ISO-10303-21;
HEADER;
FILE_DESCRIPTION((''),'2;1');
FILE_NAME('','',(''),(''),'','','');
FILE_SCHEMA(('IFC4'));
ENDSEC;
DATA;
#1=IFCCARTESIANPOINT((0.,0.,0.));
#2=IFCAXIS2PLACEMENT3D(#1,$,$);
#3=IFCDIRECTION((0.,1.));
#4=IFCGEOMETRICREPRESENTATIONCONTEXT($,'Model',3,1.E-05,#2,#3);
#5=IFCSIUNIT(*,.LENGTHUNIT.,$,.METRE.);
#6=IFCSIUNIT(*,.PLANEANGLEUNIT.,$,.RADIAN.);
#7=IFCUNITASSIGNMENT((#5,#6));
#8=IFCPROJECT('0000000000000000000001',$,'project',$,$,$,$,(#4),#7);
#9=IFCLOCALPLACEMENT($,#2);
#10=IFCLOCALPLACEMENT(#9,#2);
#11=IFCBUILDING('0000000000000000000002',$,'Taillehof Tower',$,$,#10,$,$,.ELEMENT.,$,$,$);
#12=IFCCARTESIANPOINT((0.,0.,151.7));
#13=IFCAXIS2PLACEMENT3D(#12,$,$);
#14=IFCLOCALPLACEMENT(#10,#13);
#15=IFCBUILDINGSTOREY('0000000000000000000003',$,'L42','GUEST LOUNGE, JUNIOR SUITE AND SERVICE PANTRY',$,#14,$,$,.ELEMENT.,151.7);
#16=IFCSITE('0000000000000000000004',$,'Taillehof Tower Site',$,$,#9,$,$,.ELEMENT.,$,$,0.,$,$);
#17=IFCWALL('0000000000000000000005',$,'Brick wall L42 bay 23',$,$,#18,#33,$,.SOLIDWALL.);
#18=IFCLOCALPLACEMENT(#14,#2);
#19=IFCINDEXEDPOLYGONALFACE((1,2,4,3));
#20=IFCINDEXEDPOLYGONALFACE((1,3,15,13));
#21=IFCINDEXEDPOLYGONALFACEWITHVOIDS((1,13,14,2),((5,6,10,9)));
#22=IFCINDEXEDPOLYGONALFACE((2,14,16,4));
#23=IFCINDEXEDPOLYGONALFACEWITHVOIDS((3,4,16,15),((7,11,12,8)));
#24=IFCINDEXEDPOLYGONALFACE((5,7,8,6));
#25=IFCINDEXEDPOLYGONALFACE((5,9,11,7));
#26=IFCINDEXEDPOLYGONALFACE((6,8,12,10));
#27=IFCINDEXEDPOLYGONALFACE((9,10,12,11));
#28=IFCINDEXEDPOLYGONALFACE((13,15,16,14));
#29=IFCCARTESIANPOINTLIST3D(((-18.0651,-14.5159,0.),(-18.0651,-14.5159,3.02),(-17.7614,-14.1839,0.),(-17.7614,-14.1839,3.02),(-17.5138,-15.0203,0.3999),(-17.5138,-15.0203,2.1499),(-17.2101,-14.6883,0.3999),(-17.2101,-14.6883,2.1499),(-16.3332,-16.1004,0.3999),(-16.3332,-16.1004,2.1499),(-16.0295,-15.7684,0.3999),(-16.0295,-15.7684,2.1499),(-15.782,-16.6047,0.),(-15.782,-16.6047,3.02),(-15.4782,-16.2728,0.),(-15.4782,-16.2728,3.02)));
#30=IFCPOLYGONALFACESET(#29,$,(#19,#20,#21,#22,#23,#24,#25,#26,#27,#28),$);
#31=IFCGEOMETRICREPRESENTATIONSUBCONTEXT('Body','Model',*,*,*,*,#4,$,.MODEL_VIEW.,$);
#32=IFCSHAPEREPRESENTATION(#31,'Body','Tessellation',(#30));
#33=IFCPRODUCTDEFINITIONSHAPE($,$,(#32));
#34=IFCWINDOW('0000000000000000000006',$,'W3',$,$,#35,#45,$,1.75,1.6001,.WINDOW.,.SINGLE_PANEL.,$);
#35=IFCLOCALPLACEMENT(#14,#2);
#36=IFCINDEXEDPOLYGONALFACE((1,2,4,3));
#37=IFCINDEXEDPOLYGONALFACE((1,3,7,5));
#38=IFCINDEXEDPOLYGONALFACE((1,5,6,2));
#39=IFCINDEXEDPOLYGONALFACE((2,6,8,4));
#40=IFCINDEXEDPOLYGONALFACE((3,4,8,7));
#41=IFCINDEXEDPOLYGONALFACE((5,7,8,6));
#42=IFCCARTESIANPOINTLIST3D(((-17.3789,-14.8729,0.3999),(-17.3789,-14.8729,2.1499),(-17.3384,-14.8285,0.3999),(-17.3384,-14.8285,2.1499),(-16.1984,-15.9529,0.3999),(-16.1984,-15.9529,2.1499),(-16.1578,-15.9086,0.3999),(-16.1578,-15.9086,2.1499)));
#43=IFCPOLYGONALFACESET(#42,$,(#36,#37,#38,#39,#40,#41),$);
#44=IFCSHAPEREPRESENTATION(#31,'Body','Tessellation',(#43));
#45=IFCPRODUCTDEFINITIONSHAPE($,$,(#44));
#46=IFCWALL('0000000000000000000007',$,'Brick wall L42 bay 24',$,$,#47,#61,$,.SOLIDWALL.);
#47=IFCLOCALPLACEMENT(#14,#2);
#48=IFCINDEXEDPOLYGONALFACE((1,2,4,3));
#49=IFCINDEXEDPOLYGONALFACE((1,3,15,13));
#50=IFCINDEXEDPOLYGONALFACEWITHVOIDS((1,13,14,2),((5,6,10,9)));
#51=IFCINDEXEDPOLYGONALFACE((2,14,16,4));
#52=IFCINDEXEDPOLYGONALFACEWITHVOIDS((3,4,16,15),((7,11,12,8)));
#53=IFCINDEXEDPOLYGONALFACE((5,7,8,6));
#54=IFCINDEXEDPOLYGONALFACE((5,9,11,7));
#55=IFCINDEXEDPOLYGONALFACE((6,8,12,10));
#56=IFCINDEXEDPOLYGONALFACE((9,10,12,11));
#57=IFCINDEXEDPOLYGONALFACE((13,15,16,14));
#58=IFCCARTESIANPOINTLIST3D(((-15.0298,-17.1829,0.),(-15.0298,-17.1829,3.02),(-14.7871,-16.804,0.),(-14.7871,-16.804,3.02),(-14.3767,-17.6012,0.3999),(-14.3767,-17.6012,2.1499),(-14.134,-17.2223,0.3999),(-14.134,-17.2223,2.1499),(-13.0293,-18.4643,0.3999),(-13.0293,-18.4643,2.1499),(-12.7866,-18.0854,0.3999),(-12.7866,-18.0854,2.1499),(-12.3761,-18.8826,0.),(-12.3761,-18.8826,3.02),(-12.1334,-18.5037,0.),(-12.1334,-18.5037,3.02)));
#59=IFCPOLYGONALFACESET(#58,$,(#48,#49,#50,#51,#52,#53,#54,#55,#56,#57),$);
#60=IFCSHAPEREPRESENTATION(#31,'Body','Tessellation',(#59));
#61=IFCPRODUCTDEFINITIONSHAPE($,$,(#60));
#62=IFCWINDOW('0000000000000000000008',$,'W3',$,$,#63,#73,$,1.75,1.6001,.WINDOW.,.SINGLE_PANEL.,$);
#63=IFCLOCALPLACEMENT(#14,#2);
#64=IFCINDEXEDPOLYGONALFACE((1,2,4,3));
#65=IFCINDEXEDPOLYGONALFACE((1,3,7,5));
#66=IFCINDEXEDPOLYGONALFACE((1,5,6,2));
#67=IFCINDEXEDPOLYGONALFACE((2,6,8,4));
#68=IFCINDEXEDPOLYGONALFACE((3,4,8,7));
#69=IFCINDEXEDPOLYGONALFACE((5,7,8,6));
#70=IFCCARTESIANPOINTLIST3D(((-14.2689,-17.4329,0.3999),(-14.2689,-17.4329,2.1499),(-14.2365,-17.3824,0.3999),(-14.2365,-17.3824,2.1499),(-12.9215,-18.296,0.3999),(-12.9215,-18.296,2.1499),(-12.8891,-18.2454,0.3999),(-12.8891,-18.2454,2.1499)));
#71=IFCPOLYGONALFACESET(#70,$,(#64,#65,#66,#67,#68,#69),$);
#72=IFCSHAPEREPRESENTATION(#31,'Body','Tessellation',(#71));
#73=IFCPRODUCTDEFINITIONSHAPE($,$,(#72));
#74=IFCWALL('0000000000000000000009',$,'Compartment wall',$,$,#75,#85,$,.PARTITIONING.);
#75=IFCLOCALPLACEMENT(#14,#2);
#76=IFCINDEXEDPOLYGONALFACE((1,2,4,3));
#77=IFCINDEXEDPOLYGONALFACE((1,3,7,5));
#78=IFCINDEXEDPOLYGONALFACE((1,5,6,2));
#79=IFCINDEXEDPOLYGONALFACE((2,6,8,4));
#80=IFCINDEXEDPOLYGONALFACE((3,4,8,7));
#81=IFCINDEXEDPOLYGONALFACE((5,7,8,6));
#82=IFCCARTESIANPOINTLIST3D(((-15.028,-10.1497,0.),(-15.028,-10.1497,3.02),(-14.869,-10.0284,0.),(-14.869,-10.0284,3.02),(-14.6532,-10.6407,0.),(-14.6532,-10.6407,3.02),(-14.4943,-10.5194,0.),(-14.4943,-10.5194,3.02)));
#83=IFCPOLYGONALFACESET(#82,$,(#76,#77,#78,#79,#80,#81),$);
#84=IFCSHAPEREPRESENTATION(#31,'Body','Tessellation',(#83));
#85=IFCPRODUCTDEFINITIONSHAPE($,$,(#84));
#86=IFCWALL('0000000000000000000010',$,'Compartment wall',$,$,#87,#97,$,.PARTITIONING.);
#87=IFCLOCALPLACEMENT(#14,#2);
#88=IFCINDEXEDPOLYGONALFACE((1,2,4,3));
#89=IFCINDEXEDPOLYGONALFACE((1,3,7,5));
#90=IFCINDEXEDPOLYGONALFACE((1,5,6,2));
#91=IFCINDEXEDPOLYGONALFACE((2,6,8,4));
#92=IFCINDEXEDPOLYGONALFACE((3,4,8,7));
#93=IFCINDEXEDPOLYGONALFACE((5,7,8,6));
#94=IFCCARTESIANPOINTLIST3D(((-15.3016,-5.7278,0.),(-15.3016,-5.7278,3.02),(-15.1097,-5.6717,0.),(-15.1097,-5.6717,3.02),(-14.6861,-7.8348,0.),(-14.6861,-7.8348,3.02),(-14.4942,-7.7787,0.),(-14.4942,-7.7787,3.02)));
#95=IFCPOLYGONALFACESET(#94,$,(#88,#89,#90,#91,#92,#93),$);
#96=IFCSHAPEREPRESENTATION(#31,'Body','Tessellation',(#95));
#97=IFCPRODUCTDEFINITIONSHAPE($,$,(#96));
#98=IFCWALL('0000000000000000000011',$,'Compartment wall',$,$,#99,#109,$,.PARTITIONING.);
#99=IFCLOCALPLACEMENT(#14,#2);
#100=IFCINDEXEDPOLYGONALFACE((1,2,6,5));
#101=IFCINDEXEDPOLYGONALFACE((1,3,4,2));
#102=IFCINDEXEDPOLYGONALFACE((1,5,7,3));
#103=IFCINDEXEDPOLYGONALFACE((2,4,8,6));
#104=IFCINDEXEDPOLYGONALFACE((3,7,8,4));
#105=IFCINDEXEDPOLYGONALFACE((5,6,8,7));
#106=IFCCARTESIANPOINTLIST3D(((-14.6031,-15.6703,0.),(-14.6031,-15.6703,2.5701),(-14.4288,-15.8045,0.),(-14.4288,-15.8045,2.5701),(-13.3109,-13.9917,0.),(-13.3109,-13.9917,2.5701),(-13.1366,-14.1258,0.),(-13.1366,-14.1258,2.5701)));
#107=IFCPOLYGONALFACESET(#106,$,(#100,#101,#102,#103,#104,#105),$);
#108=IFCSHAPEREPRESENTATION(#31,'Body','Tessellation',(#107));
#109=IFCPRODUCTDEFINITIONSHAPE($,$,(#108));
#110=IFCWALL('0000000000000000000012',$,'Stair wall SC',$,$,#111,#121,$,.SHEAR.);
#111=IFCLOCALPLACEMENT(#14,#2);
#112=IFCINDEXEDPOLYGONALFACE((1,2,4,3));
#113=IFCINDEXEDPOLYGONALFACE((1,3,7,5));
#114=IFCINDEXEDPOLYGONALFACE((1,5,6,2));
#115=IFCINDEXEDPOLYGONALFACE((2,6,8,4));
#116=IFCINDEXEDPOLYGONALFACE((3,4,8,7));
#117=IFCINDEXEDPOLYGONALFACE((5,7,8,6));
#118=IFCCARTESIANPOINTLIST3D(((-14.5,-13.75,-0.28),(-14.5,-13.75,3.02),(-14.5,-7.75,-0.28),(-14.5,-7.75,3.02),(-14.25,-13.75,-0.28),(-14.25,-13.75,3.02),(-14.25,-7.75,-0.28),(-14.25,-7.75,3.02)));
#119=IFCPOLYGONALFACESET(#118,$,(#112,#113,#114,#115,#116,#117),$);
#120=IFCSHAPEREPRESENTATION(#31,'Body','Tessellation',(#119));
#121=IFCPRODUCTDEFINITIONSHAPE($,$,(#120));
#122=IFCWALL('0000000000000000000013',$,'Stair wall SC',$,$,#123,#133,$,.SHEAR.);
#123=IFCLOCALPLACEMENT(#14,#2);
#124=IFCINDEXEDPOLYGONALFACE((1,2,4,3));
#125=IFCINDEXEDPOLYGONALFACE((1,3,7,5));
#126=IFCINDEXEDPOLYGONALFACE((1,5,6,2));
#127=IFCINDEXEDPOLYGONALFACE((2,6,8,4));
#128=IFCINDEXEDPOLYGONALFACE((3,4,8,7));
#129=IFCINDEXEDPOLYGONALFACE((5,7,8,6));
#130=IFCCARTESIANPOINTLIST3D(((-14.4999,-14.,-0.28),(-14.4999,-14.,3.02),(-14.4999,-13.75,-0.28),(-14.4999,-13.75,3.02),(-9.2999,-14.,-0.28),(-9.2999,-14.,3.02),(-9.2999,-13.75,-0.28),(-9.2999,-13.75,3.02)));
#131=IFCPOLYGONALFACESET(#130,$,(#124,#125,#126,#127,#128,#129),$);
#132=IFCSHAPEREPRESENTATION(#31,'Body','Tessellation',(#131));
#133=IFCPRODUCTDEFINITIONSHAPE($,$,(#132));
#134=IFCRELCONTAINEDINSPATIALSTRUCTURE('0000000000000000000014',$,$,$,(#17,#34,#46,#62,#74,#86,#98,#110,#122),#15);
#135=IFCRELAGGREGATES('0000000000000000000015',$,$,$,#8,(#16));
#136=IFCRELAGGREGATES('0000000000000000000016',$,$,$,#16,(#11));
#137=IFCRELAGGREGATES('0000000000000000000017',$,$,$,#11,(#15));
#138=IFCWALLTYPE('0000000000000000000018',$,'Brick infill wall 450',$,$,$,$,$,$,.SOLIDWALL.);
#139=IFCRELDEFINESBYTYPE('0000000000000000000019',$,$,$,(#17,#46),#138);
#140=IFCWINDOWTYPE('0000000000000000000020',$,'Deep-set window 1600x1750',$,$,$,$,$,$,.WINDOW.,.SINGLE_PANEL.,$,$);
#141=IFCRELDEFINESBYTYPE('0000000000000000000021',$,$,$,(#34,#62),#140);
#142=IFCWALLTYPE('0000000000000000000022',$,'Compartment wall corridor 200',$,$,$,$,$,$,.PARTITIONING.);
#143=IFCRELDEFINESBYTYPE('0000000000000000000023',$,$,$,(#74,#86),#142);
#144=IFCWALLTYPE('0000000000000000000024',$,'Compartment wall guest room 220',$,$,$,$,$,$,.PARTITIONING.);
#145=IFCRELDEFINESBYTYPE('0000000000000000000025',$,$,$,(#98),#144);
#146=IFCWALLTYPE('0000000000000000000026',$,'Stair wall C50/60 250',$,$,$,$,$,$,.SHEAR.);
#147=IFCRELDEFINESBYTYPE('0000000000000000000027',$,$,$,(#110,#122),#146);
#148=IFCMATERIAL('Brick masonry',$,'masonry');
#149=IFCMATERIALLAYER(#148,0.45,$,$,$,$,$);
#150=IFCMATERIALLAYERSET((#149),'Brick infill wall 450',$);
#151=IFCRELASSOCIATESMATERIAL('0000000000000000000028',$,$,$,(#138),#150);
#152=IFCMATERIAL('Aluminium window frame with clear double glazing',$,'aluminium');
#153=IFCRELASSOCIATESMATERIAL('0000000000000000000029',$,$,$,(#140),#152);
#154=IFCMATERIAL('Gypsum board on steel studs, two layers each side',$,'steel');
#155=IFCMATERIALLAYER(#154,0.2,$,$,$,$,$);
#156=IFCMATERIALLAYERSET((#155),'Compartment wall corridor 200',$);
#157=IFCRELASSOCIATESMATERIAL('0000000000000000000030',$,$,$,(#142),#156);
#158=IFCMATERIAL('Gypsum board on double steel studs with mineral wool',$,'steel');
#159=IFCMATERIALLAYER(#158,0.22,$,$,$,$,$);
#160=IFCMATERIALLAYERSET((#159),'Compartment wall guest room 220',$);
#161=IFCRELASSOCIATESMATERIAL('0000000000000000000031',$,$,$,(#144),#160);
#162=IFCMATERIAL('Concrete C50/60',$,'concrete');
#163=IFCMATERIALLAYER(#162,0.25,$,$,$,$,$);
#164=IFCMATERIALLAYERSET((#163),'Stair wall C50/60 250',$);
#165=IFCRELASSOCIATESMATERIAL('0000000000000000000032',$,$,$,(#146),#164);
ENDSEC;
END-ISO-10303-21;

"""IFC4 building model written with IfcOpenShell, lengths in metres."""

from ifc_helpers import new_model, si_unit, direction, frame, frame_2d, origin, place, context, subcontext, project, spatial, rectangle, extrude, material, layer, layer_set, type_object, element, fill, save


model = new_model("IFC4")

# Units and contexts
model_context = context("Model", 3, precision=1e-05, world=origin(), true_north=direction((0.0, 1.0)))
body_context = subcontext(model_context, "Body", "Model", "MODEL_VIEW")
ifc_project = project(units=[si_unit("LENGTHUNIT", "METRE"), si_unit("PLANEANGLEUNIT", "RADIAN")], contexts=[model_context])

# Site, building, storey
site_placement = place(None, origin())
site = spatial("IfcSite", under=ifc_project, at=site_placement, Name="Taillehof Tower Site", CompositionType="ELEMENT", RefElevation=0.0)
building_placement = place(site_placement, origin())
building = spatial("IfcBuilding", under=site, at=building_placement, Name="Taillehof Tower", CompositionType="ELEMENT")
storey_placement = place(building_placement, frame((0.0, 0.0, 151.7)))
storey = spatial("IfcBuildingStorey", under=building, at=storey_placement, Name="L42", Description="GUEST LOUNGE, JUNIOR SUITE AND SERVICE PANTRY", CompositionType="ELEMENT", Elevation=151.7)

# Walls, openings, windows
ifc_material_1 = material(Name="Brick masonry", Category="masonry")
ifc_layer_1 = layer(ifc_material_1, 0.45)
ifc_layer_set_1 = layer_set([ifc_layer_1], Name="Brick infill wall 450")
wall_type_1 = type_object("IfcWallType", Name="Brick infill wall 450", PredefinedType="SOLIDWALL", material=ifc_layer_set_1)
ifc_material_2 = material(Name="Aluminium window frame with clear double glazing", Category="aluminium")
window_type = type_object("IfcWindowType", Name="Deep-set window 1600x1750", PartitioningType="SINGLE_PANEL", PredefinedType="WINDOW", material=ifc_material_2)
wall_1_placement = place(storey_placement, frame((-17.9133, -14.3499, 0.0), z_axis=(0.0, 0.0, 1.0), x_axis=(0.737809, -0.67501, 0.0)))
wall_1 = element("IfcWall", 1, at=wall_1_placement, inside=storey, type_object=wall_type_1, Name="Brick wall L42 bay 23", PredefinedType="SOLIDWALL", context=body_context, shape_type="SweptSolid", body=[
    extrude(rectangle(XDim=3.0945, YDim=0.45, at=frame_2d((1.5474, 0.0))), origin(), (0.0, 0.0, 1.0), 3.02),
])
opening_1_placement = place(wall_1_placement, frame((0.7473, 0.0, 0.3999)))
opening_1 = element("IfcOpeningElement", 2, at=opening_1_placement, cuts=wall_1, PredefinedType="OPENING", context=body_context, shape_type="SweptSolid", body=[
    extrude(rectangle(XDim=1.6001, YDim=1.75, at=frame_2d((0.8, 0.875))), frame((0.0, 0.2349, 0.0), z_axis=(0.0, -1.0, 0.0), x_axis=(1.0, 0.0, 0.0)), (0.0, 0.0, 1.0), 0.47),
])
window_1_placement = place(opening_1_placement, origin())
window_1 = element("IfcWindow", 3, at=window_1_placement, inside=storey, type_object=window_type, Name="W3", OverallHeight=1.75, OverallWidth=1.6001, PartitioningType="SINGLE_PANEL", PredefinedType="WINDOW", context=body_context, shape_type="SweptSolid", body=[
    extrude(rectangle(XDim=1.6001, YDim=1.75, at=frame_2d((0.8, 0.875))), frame((0.0, 0.0349, 0.0), z_axis=(0.0, -1.0, 0.0), x_axis=(1.0, 0.0, 0.0)), (0.0, 0.0, 1.0), 0.0601),
])
fill(opening_1, window_1)
wall_2_placement = place(storey_placement, frame((-14.9084, -16.9934, 0.0), z_axis=(0.0, 0.0, 1.0), x_axis=(0.842066, -0.539375, 0.0)))
wall_2 = element("IfcWall", 4, at=wall_2_placement, inside=storey, type_object=wall_type_1, Name="Brick wall L42 bay 24", PredefinedType="SOLIDWALL", context=body_context, shape_type="SweptSolid", body=[
    extrude(rectangle(XDim=3.1514, YDim=0.45, at=frame_2d((1.5757, 0.0))), origin(), (0.0, 0.0, 1.0), 3.02),
])
opening_2_placement = place(wall_2_placement, frame((0.7756, 0.0, 0.3999)))
opening_2 = element("IfcOpeningElement", 5, at=opening_2_placement, cuts=wall_2, PredefinedType="OPENING", context=body_context, shape_type="SweptSolid", body=[
    extrude(rectangle(XDim=1.6001, YDim=1.75, at=frame_2d((0.8, 0.875))), frame((0.0, 0.2349, 0.0), z_axis=(0.0, -1.0, 0.0), x_axis=(1.0, 0.0, 0.0)), (0.0, 0.0, 1.0), 0.47),
])
window_2_placement = place(opening_2_placement, origin())
window_2 = element("IfcWindow", 6, at=window_2_placement, inside=storey, type_object=window_type, Name="W3", OverallHeight=1.75, OverallWidth=1.6001, PartitioningType="SINGLE_PANEL", PredefinedType="WINDOW", context=body_context, shape_type="SweptSolid", body=[
    extrude(rectangle(XDim=1.6001, YDim=1.75, at=frame_2d((0.8, 0.875))), frame((0.0, 0.0349, 0.0), z_axis=(0.0, -1.0, 0.0), x_axis=(1.0, 0.0, 0.0)), (0.0, 0.0, 1.0), 0.0601),
])
fill(opening_2, window_2)

# Walls
ifc_material_3 = material(Name="Gypsum board on steel studs, two layers each side", Category="steel")
ifc_layer_2 = layer(ifc_material_3, 0.2)
ifc_layer_set_2 = layer_set([ifc_layer_2], Name="Compartment wall corridor 200")
wall_type_2 = type_object("IfcWallType", Name="Compartment wall corridor 200", PredefinedType="PARTITIONING", material=ifc_layer_set_2)
wall_3_placement = place(storey_placement, frame((-14.5737, -10.5801, 0.0), z_axis=(0.0, 0.0, 1.0), x_axis=(-0.606746, 0.794896, 0.0)))
element("IfcWall", 7, at=wall_3_placement, inside=storey, type_object=wall_type_2, Name="Compartment wall", PredefinedType="PARTITIONING", context=body_context, shape_type="SweptSolid", body=[
    extrude(rectangle(XDim=0.6177, YDim=0.2, at=frame_2d((0.3088, 0.0))), origin(), (0.0, 0.0, 1.0), 3.02),
])
wall_4_placement = place(storey_placement, frame((-14.5901, -7.8069, 0.0), z_axis=(0.0, 0.0, 1.0), x_axis=(-0.280401, 0.959883, 0.0)))
element("IfcWall", 8, at=wall_4_placement, inside=storey, type_object=wall_type_2, Name="Compartment wall", PredefinedType="PARTITIONING", context=body_context, shape_type="SweptSolid", body=[
    extrude(rectangle(XDim=2.1951, YDim=0.2, at=frame_2d((1.0977, 0.0))), origin(), (0.0, 0.0, 1.0), 3.02),
])
ifc_material_4 = material(Name="Gypsum board on double steel studs with mineral wool", Category="steel")
ifc_layer_3 = layer(ifc_material_4, 0.22)
ifc_layer_set_3 = layer_set([ifc_layer_3], Name="Compartment wall guest room 220")
wall_type_3 = type_object("IfcWallType", Name="Compartment wall guest room 220", PredefinedType="PARTITIONING", material=ifc_layer_set_3)
wall_5_placement = place(storey_placement, frame((-14.5159, -15.7373, 0.0), z_axis=(0.0, 0.0, 1.0), x_axis=(0.609984, 0.792414, 0.0)))
element("IfcWall", 9, at=wall_5_placement, inside=storey, type_object=wall_type_3, Name="Compartment wall", PredefinedType="PARTITIONING", context=body_context, shape_type="SweptSolid", body=[
    extrude(rectangle(XDim=2.1184, YDim=0.22, at=frame_2d((1.0591, 0.0))), origin(), (0.0, 0.0, 1.0), 2.5701),
])
ifc_material_5 = material(Name="Concrete C50/60", Category="concrete")
ifc_layer_4 = layer(ifc_material_5, 0.25)
ifc_layer_set_4 = layer_set([ifc_layer_4], Name="Stair wall C50/60 250")
wall_type_4 = type_object("IfcWallType", Name="Stair wall C50/60 250", PredefinedType="SHEAR", material=ifc_layer_set_4)
wall_6_placement = place(storey_placement, frame((-14.375, -13.75, -0.28), z_axis=(0.0, 0.0, 1.0), x_axis=(0.0, 1.0, 0.0)))
element("IfcWall", 10, at=wall_6_placement, inside=storey, type_object=wall_type_4, Name="Stair wall SC", PredefinedType="SHEAR", context=body_context, shape_type="SweptSolid", body=[
    extrude(rectangle(XDim=6.0, YDim=0.25, at=frame_2d((3.0, 0.0))), origin(), (0.0, 0.0, 1.0), 3.3),
])
wall_7_placement = place(storey_placement, frame((-14.5, -13.875, -0.28), z_axis=(0.0, 0.0, 1.0), x_axis=(1.0, 0.0, 0.0)))
element("IfcWall", 11, at=wall_7_placement, inside=storey, type_object=wall_type_4, Name="Stair wall SC", PredefinedType="SHEAR", context=body_context, shape_type="SweptSolid", body=[
    extrude(rectangle(XDim=5.2, YDim=0.25, at=frame_2d((2.6001, 0.0))), origin(), (0.0, 0.0, 1.0), 3.3),
])

save(model, "model.ifc")
